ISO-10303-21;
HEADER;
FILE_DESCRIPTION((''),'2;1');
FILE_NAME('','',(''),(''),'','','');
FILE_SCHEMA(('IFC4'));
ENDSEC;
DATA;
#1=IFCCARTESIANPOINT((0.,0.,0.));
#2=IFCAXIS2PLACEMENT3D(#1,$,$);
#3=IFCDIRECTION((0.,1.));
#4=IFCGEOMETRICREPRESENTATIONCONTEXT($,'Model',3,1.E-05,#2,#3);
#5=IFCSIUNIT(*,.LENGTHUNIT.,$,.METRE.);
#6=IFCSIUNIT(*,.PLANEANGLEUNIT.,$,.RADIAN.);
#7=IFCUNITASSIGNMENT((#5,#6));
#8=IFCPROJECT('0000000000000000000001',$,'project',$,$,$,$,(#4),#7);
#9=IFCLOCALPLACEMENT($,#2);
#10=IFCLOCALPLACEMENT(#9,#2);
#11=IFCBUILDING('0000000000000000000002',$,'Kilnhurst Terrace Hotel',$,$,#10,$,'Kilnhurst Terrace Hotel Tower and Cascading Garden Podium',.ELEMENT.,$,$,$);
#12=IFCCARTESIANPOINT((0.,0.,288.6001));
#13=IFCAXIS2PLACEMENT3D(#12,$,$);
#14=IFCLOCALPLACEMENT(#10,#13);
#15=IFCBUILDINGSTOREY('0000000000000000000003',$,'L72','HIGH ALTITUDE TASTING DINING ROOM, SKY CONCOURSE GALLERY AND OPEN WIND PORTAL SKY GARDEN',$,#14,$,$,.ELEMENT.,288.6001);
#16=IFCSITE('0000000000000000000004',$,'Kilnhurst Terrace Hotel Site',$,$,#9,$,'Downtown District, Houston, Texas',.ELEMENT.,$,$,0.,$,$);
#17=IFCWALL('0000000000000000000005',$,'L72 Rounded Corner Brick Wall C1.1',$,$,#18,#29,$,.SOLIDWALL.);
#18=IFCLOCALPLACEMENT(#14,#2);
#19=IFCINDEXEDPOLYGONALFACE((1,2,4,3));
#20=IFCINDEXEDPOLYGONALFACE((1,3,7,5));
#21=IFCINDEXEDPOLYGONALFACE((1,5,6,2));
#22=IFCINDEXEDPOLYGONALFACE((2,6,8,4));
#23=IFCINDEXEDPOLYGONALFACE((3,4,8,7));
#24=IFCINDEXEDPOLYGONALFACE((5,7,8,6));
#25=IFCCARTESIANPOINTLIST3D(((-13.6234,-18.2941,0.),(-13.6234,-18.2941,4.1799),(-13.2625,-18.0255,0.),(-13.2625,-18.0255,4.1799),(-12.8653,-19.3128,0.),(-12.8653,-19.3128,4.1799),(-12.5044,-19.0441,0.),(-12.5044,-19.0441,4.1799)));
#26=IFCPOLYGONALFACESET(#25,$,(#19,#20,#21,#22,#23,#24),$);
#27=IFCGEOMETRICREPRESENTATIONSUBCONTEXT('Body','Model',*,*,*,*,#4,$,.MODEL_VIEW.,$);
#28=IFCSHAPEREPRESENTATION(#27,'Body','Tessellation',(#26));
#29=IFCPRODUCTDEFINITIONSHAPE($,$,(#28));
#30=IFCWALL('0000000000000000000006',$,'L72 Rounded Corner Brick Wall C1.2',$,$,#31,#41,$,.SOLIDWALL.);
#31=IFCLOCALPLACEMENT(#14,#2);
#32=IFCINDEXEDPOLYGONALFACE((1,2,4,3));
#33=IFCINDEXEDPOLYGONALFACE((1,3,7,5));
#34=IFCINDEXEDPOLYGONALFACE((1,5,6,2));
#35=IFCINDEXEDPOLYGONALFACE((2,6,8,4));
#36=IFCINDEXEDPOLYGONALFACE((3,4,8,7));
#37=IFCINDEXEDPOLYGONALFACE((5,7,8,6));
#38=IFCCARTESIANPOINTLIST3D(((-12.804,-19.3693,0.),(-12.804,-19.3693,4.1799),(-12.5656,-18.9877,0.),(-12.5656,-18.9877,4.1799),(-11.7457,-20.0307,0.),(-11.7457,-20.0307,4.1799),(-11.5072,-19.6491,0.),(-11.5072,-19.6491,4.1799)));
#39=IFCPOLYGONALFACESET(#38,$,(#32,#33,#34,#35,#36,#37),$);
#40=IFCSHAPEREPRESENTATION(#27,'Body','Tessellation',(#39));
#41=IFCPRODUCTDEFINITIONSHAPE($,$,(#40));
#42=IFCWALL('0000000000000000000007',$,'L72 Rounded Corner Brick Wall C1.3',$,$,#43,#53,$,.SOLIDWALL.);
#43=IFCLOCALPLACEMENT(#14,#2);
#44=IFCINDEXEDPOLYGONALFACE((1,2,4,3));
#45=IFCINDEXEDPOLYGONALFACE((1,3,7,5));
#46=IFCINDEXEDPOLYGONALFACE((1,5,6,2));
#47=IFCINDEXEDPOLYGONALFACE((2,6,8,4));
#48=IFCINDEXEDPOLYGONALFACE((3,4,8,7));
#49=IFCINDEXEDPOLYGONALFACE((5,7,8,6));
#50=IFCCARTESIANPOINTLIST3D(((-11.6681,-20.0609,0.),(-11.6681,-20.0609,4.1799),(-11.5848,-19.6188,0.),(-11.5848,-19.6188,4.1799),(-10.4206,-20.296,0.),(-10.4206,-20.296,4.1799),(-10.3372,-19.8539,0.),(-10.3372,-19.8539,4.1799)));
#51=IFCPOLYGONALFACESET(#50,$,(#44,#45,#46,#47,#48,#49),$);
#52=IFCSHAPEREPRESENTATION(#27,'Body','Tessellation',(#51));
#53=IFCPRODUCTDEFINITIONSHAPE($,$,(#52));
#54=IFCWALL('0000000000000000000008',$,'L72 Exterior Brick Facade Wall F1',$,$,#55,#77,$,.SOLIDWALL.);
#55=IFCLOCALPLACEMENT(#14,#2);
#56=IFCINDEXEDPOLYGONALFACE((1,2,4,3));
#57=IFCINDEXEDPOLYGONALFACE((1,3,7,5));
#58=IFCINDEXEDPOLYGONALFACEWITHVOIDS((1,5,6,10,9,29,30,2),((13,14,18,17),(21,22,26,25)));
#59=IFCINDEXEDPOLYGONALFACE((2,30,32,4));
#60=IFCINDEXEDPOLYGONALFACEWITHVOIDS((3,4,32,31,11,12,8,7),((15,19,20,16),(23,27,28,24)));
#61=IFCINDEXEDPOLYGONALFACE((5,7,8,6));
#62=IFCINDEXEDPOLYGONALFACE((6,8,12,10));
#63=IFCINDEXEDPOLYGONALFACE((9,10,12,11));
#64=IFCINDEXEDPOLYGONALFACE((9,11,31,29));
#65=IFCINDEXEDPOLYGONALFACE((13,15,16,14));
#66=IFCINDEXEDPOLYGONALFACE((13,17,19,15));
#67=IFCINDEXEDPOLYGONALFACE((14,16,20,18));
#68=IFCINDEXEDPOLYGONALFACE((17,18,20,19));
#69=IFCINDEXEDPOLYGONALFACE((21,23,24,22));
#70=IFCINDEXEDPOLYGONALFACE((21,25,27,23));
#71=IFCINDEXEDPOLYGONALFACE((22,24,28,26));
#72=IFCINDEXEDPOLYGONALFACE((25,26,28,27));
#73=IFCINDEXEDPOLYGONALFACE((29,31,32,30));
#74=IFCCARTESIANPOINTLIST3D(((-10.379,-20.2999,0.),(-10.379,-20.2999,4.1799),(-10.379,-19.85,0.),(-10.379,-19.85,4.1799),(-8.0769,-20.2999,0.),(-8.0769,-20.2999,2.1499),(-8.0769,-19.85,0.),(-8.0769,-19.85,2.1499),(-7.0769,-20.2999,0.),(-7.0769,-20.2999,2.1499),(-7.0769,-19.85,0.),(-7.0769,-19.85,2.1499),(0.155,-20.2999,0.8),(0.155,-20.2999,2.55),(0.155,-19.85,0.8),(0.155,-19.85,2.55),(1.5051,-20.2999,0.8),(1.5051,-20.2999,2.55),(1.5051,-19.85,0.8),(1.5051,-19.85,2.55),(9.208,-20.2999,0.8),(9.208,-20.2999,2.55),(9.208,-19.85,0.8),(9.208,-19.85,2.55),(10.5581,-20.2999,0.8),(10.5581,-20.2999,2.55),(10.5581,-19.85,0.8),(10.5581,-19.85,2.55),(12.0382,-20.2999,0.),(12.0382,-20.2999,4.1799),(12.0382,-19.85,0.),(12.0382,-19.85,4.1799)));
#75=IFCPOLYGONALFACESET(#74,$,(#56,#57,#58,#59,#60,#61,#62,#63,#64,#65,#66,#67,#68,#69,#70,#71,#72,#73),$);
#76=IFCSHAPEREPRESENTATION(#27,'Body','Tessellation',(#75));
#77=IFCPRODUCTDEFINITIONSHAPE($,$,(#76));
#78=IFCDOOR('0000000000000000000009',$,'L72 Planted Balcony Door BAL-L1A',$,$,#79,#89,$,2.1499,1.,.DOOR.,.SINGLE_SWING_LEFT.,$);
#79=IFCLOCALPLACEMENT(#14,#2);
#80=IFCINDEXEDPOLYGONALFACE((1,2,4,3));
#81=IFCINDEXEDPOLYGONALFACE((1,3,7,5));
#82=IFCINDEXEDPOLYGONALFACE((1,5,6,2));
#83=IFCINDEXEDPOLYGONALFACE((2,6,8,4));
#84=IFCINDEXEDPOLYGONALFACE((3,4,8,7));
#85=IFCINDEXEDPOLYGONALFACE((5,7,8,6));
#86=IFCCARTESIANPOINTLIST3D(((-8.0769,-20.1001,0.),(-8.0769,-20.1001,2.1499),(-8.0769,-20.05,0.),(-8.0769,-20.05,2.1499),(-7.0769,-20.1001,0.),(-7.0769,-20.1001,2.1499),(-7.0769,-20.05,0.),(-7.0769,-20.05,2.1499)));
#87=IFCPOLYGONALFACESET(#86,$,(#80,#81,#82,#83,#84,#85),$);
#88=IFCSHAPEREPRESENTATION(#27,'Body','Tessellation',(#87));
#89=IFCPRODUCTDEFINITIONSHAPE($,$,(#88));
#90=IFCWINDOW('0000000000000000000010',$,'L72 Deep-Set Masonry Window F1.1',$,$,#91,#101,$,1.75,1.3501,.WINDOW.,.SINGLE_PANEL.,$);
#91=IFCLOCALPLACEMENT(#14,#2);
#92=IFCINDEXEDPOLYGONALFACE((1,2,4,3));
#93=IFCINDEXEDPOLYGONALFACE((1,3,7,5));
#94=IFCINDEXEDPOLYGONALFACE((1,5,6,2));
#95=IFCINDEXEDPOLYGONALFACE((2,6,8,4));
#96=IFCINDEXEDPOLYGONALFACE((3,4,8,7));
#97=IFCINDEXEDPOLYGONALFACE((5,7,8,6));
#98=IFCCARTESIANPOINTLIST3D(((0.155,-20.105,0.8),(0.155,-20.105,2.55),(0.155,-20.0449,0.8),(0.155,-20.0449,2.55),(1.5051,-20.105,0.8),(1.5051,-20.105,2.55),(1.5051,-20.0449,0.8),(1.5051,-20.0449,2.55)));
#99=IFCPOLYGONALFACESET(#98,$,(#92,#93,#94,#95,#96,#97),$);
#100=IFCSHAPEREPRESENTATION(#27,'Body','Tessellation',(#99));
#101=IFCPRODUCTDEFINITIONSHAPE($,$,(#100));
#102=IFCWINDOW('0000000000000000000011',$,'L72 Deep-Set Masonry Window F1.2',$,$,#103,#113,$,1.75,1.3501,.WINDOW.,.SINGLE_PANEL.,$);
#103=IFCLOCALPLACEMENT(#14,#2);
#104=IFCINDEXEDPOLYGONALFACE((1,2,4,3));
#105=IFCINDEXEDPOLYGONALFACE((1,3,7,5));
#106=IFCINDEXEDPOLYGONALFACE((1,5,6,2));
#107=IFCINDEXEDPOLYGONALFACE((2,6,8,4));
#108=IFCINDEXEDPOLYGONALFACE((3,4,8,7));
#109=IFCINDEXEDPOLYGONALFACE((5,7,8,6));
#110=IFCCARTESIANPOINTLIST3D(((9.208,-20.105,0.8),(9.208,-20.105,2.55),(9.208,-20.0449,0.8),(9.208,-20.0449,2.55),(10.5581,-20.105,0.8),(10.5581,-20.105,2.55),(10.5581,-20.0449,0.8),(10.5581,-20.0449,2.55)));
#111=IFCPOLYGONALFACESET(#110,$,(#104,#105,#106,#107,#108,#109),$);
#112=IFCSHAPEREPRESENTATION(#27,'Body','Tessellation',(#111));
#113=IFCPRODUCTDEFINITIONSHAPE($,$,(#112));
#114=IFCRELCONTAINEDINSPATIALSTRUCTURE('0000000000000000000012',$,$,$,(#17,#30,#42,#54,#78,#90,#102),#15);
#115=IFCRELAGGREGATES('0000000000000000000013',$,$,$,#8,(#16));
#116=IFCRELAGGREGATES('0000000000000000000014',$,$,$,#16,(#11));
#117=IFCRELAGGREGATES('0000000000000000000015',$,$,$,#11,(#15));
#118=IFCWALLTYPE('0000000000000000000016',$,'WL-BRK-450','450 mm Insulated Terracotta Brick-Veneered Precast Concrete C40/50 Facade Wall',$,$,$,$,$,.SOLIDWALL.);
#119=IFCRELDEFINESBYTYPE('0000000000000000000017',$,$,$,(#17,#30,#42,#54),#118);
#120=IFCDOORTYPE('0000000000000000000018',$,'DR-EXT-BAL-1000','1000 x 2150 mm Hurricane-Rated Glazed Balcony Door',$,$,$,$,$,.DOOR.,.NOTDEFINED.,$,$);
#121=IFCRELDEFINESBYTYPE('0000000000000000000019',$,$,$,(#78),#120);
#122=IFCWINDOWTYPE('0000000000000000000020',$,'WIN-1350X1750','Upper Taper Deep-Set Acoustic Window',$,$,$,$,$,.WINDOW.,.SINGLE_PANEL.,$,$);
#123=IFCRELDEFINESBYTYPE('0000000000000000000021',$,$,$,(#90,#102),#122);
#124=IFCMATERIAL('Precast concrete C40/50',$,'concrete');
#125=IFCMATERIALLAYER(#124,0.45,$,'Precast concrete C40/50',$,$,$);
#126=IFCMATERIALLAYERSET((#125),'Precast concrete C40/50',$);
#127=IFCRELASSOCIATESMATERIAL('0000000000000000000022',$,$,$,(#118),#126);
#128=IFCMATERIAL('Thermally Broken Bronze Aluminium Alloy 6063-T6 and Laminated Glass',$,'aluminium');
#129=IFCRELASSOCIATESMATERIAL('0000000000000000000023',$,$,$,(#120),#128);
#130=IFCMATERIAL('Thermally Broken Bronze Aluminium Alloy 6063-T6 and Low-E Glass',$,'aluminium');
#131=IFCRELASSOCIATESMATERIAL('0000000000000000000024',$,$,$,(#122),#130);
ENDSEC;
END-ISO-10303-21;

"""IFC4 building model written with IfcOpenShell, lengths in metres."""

from ifc_helpers import new_model, si_unit, direction, frame, frame_2d, origin, place, context, subcontext, project, spatial, rectangle, extrude, material, layer, layer_set, type_object, element, fill, save


model = new_model("IFC4")

# Units and contexts
model_context = context("Model", 3, precision=1e-05, world=origin(), true_north=direction((0.0, 1.0)))
body_context = subcontext(model_context, "Body", "Model", "MODEL_VIEW")
ifc_project = project(units=[si_unit("LENGTHUNIT", "METRE"), si_unit("PLANEANGLEUNIT", "RADIAN")], contexts=[model_context])

# Site, building, storey
site_placement = place(None, origin())
site = spatial("IfcSite", under=ifc_project, at=site_placement, Name="Kilnhurst Terrace Hotel Site", LongName="Downtown District, Houston, Texas", CompositionType="ELEMENT", RefElevation=0.0)
building_placement = place(site_placement, origin())
building = spatial("IfcBuilding", under=site, at=building_placement, Name="Kilnhurst Terrace Hotel", LongName="Kilnhurst Terrace Hotel Tower and Cascading Garden Podium", CompositionType="ELEMENT")
storey_placement = place(building_placement, frame((0.0, 0.0, 288.6001)))
storey = spatial("IfcBuildingStorey", under=building, at=storey_placement, Name="L72", Description="HIGH ALTITUDE TASTING DINING ROOM, SKY CONCOURSE GALLERY AND OPEN WIND PORTAL SKY GARDEN", CompositionType="ELEMENT", Elevation=288.6001)

# Walls
ifc_material_1 = material(Name="Precast concrete C40/50", Category="concrete")
ifc_layer_1 = layer(ifc_material_1, 0.45, Name="Precast concrete C40/50")
ifc_layer_set_1 = layer_set([ifc_layer_1], Name="Precast concrete C40/50")
wall_type_1 = type_object("IfcWallType", Name="WL-BRK-450", Description="450 mm Insulated Terracotta Brick-Veneered Precast Concrete C40/50 Facade Wall", PredefinedType="SOLIDWALL", material=ifc_layer_set_1)
wall_1_placement = place(storey_placement, frame((-13.4429, -18.1599, 0.0), z_axis=(0.0, 0.0, 1.0), x_axis=(0.597042, -0.80221, 0.0)))
element("IfcWall", 1, at=wall_1_placement, inside=storey, type_object=wall_type_1, Name="L72 Rounded Corner Brick Wall C1.1", PredefinedType="SOLIDWALL", context=body_context, shape_type="SweptSolid", body=[
    extrude(rectangle(XDim=1.2698, YDim=0.45, at=frame_2d((0.6348, 0.0))), origin(), (0.0, 0.0, 1.0), 4.1799),
])
wall_2_placement = place(storey_placement, frame((-12.6848, -19.1785, 0.0), z_axis=(0.0, 0.0, 1.0), x_axis=(0.848031, -0.529946, 0.0)))
element("IfcWall", 2, at=wall_2_placement, inside=storey, type_object=wall_type_1, Name="L72 Rounded Corner Brick Wall C1.2", PredefinedType="SOLIDWALL", context=body_context, shape_type="SweptSolid", body=[
    extrude(rectangle(XDim=1.248, YDim=0.45, at=frame_2d((0.624, 0.0))), origin(), (0.0, 0.0, 1.0), 4.1799),
])
wall_3_placement = place(storey_placement, frame((-11.6265, -19.8398, 0.0), z_axis=(0.0, 0.0, 1.0), x_axis=(0.982702, -0.185194, 0.0)))
element("IfcWall", 3, at=wall_3_placement, inside=storey, type_object=wall_type_1, Name="L72 Rounded Corner Brick Wall C1.3", PredefinedType="SOLIDWALL", context=body_context, shape_type="SweptSolid", body=[
    extrude(rectangle(XDim=1.2695, YDim=0.45, at=frame_2d((0.6348, 0.0))), origin(), (0.0, 0.0, 1.0), 4.1799),
])

# Wall, openings, door, windows
wall_4_placement = place(storey_placement, frame((-10.3789, -20.075, 0.0), z_axis=(0.0, 0.0, 1.0), x_axis=(1.0, 0.0, 0.0)))
wall_4 = element("IfcWall", 4, at=wall_4_placement, inside=storey, type_object=wall_type_1, Name="L72 Exterior Brick Facade Wall F1", PredefinedType="SOLIDWALL", context=body_context, shape_type="SweptSolid", body=[
    extrude(rectangle(XDim=22.4172, YDim=0.45, at=frame_2d((11.2085, 0.0))), origin(), (0.0, 0.0, 1.0), 4.1799),
])
opening_1_placement = place(wall_4_placement, frame((2.302, 0.0, 0.0)))
opening_1 = element("IfcOpeningElement", 5, at=opening_1_placement, cuts=wall_4, PredefinedType="OPENING", context=body_context, shape_type="SweptSolid", body=[
    extrude(rectangle(XDim=1.0, YDim=2.1499, at=frame_2d((0.5, 1.075))), frame((0.0, 0.2349, 0.0), z_axis=(0.0, -1.0, 0.0), x_axis=(1.0, 0.0, 0.0)), (0.0, 0.0, 1.0), 0.47),
])
opening_2_placement = place(wall_4_placement, frame((10.5339, 0.0, 0.8)))
opening_2 = element("IfcOpeningElement", 6, at=opening_2_placement, cuts=wall_4, PredefinedType="OPENING", context=body_context, shape_type="SweptSolid", body=[
    extrude(rectangle(XDim=1.3501, YDim=1.75, at=frame_2d((0.675, 0.875))), frame((0.0, 0.2349, 0.0), z_axis=(0.0, -1.0, 0.0), x_axis=(1.0, 0.0, 0.0)), (0.0, 0.0, 1.0), 0.47),
])
opening_3_placement = place(wall_4_placement, frame((19.5869, 0.0, 0.8)))
opening_3 = element("IfcOpeningElement", 7, at=opening_3_placement, cuts=wall_4, PredefinedType="OPENING", context=body_context, shape_type="SweptSolid", body=[
    extrude(rectangle(XDim=1.3501, YDim=1.75, at=frame_2d((0.675, 0.875))), frame((0.0, 0.2349, 0.0), z_axis=(0.0, -1.0, 0.0), x_axis=(1.0, 0.0, 0.0)), (0.0, 0.0, 1.0), 0.47),
])
ifc_material_2 = material(Name="Thermally Broken Bronze Aluminium Alloy 6063-T6 and Laminated Glass", Category="aluminium")
door_type_1 = type_object("IfcDoorType", Name="DR-EXT-BAL-1000", Description="1000 x 2150 mm Hurricane-Rated Glazed Balcony Door", OperationType="NOTDEFINED", PredefinedType="DOOR", material=ifc_material_2)
door_1_placement = place(opening_1_placement, origin())
door_1 = element("IfcDoor", 8, at=door_1_placement, inside=storey, type_object=door_type_1, Name="L72 Planted Balcony Door BAL-L1A", OperationType="SINGLE_SWING_LEFT", OverallHeight=2.1499, OverallWidth=1.0, PredefinedType="DOOR", context=body_context, shape_type="SweptSolid", body=[
    extrude(rectangle(XDim=1.0, YDim=2.1499, at=frame_2d((0.5, 1.075))), frame((0.0, 0.0249, 0.0), z_axis=(0.0, -1.0, 0.0), x_axis=(1.0, 0.0, 0.0)), (0.0, 0.0, 1.0), 0.05),
])
fill(opening_1, door_1)
ifc_material_3 = material(Name="Thermally Broken Bronze Aluminium Alloy 6063-T6 and Low-E Glass", Category="aluminium")
window_type = type_object("IfcWindowType", Name="WIN-1350X1750", Description="Upper Taper Deep-Set Acoustic Window", PartitioningType="SINGLE_PANEL", PredefinedType="WINDOW", material=ifc_material_3)
window_1_placement = place(opening_2_placement, origin())
window_1 = element("IfcWindow", 9, at=window_1_placement, inside=storey, type_object=window_type, Name="L72 Deep-Set Masonry Window F1.1", OverallHeight=1.75, OverallWidth=1.3501, PartitioningType="SINGLE_PANEL", PredefinedType="WINDOW", context=body_context, shape_type="SweptSolid", body=[
    extrude(rectangle(XDim=1.3501, YDim=1.75, at=frame_2d((0.675, 0.875))), frame((0.0, 0.03, 0.0), z_axis=(0.0, -1.0, 0.0), x_axis=(1.0, 0.0, 0.0)), (0.0, 0.0, 1.0), 0.0601),
])
fill(opening_2, window_1)
window_2_placement = place(opening_3_placement, origin())
window_2 = element("IfcWindow", 10, at=window_2_placement, inside=storey, type_object=window_type, Name="L72 Deep-Set Masonry Window F1.2", OverallHeight=1.75, OverallWidth=1.3501, PartitioningType="SINGLE_PANEL", PredefinedType="WINDOW", context=body_context, shape_type="SweptSolid", body=[
    extrude(rectangle(XDim=1.3501, YDim=1.75, at=frame_2d((0.675, 0.875))), frame((0.0, 0.03, 0.0), z_axis=(0.0, -1.0, 0.0), x_axis=(1.0, 0.0, 0.0)), (0.0, 0.0, 1.0), 0.0601),
])
fill(opening_3, window_2)

save(model, "model.ifc")
